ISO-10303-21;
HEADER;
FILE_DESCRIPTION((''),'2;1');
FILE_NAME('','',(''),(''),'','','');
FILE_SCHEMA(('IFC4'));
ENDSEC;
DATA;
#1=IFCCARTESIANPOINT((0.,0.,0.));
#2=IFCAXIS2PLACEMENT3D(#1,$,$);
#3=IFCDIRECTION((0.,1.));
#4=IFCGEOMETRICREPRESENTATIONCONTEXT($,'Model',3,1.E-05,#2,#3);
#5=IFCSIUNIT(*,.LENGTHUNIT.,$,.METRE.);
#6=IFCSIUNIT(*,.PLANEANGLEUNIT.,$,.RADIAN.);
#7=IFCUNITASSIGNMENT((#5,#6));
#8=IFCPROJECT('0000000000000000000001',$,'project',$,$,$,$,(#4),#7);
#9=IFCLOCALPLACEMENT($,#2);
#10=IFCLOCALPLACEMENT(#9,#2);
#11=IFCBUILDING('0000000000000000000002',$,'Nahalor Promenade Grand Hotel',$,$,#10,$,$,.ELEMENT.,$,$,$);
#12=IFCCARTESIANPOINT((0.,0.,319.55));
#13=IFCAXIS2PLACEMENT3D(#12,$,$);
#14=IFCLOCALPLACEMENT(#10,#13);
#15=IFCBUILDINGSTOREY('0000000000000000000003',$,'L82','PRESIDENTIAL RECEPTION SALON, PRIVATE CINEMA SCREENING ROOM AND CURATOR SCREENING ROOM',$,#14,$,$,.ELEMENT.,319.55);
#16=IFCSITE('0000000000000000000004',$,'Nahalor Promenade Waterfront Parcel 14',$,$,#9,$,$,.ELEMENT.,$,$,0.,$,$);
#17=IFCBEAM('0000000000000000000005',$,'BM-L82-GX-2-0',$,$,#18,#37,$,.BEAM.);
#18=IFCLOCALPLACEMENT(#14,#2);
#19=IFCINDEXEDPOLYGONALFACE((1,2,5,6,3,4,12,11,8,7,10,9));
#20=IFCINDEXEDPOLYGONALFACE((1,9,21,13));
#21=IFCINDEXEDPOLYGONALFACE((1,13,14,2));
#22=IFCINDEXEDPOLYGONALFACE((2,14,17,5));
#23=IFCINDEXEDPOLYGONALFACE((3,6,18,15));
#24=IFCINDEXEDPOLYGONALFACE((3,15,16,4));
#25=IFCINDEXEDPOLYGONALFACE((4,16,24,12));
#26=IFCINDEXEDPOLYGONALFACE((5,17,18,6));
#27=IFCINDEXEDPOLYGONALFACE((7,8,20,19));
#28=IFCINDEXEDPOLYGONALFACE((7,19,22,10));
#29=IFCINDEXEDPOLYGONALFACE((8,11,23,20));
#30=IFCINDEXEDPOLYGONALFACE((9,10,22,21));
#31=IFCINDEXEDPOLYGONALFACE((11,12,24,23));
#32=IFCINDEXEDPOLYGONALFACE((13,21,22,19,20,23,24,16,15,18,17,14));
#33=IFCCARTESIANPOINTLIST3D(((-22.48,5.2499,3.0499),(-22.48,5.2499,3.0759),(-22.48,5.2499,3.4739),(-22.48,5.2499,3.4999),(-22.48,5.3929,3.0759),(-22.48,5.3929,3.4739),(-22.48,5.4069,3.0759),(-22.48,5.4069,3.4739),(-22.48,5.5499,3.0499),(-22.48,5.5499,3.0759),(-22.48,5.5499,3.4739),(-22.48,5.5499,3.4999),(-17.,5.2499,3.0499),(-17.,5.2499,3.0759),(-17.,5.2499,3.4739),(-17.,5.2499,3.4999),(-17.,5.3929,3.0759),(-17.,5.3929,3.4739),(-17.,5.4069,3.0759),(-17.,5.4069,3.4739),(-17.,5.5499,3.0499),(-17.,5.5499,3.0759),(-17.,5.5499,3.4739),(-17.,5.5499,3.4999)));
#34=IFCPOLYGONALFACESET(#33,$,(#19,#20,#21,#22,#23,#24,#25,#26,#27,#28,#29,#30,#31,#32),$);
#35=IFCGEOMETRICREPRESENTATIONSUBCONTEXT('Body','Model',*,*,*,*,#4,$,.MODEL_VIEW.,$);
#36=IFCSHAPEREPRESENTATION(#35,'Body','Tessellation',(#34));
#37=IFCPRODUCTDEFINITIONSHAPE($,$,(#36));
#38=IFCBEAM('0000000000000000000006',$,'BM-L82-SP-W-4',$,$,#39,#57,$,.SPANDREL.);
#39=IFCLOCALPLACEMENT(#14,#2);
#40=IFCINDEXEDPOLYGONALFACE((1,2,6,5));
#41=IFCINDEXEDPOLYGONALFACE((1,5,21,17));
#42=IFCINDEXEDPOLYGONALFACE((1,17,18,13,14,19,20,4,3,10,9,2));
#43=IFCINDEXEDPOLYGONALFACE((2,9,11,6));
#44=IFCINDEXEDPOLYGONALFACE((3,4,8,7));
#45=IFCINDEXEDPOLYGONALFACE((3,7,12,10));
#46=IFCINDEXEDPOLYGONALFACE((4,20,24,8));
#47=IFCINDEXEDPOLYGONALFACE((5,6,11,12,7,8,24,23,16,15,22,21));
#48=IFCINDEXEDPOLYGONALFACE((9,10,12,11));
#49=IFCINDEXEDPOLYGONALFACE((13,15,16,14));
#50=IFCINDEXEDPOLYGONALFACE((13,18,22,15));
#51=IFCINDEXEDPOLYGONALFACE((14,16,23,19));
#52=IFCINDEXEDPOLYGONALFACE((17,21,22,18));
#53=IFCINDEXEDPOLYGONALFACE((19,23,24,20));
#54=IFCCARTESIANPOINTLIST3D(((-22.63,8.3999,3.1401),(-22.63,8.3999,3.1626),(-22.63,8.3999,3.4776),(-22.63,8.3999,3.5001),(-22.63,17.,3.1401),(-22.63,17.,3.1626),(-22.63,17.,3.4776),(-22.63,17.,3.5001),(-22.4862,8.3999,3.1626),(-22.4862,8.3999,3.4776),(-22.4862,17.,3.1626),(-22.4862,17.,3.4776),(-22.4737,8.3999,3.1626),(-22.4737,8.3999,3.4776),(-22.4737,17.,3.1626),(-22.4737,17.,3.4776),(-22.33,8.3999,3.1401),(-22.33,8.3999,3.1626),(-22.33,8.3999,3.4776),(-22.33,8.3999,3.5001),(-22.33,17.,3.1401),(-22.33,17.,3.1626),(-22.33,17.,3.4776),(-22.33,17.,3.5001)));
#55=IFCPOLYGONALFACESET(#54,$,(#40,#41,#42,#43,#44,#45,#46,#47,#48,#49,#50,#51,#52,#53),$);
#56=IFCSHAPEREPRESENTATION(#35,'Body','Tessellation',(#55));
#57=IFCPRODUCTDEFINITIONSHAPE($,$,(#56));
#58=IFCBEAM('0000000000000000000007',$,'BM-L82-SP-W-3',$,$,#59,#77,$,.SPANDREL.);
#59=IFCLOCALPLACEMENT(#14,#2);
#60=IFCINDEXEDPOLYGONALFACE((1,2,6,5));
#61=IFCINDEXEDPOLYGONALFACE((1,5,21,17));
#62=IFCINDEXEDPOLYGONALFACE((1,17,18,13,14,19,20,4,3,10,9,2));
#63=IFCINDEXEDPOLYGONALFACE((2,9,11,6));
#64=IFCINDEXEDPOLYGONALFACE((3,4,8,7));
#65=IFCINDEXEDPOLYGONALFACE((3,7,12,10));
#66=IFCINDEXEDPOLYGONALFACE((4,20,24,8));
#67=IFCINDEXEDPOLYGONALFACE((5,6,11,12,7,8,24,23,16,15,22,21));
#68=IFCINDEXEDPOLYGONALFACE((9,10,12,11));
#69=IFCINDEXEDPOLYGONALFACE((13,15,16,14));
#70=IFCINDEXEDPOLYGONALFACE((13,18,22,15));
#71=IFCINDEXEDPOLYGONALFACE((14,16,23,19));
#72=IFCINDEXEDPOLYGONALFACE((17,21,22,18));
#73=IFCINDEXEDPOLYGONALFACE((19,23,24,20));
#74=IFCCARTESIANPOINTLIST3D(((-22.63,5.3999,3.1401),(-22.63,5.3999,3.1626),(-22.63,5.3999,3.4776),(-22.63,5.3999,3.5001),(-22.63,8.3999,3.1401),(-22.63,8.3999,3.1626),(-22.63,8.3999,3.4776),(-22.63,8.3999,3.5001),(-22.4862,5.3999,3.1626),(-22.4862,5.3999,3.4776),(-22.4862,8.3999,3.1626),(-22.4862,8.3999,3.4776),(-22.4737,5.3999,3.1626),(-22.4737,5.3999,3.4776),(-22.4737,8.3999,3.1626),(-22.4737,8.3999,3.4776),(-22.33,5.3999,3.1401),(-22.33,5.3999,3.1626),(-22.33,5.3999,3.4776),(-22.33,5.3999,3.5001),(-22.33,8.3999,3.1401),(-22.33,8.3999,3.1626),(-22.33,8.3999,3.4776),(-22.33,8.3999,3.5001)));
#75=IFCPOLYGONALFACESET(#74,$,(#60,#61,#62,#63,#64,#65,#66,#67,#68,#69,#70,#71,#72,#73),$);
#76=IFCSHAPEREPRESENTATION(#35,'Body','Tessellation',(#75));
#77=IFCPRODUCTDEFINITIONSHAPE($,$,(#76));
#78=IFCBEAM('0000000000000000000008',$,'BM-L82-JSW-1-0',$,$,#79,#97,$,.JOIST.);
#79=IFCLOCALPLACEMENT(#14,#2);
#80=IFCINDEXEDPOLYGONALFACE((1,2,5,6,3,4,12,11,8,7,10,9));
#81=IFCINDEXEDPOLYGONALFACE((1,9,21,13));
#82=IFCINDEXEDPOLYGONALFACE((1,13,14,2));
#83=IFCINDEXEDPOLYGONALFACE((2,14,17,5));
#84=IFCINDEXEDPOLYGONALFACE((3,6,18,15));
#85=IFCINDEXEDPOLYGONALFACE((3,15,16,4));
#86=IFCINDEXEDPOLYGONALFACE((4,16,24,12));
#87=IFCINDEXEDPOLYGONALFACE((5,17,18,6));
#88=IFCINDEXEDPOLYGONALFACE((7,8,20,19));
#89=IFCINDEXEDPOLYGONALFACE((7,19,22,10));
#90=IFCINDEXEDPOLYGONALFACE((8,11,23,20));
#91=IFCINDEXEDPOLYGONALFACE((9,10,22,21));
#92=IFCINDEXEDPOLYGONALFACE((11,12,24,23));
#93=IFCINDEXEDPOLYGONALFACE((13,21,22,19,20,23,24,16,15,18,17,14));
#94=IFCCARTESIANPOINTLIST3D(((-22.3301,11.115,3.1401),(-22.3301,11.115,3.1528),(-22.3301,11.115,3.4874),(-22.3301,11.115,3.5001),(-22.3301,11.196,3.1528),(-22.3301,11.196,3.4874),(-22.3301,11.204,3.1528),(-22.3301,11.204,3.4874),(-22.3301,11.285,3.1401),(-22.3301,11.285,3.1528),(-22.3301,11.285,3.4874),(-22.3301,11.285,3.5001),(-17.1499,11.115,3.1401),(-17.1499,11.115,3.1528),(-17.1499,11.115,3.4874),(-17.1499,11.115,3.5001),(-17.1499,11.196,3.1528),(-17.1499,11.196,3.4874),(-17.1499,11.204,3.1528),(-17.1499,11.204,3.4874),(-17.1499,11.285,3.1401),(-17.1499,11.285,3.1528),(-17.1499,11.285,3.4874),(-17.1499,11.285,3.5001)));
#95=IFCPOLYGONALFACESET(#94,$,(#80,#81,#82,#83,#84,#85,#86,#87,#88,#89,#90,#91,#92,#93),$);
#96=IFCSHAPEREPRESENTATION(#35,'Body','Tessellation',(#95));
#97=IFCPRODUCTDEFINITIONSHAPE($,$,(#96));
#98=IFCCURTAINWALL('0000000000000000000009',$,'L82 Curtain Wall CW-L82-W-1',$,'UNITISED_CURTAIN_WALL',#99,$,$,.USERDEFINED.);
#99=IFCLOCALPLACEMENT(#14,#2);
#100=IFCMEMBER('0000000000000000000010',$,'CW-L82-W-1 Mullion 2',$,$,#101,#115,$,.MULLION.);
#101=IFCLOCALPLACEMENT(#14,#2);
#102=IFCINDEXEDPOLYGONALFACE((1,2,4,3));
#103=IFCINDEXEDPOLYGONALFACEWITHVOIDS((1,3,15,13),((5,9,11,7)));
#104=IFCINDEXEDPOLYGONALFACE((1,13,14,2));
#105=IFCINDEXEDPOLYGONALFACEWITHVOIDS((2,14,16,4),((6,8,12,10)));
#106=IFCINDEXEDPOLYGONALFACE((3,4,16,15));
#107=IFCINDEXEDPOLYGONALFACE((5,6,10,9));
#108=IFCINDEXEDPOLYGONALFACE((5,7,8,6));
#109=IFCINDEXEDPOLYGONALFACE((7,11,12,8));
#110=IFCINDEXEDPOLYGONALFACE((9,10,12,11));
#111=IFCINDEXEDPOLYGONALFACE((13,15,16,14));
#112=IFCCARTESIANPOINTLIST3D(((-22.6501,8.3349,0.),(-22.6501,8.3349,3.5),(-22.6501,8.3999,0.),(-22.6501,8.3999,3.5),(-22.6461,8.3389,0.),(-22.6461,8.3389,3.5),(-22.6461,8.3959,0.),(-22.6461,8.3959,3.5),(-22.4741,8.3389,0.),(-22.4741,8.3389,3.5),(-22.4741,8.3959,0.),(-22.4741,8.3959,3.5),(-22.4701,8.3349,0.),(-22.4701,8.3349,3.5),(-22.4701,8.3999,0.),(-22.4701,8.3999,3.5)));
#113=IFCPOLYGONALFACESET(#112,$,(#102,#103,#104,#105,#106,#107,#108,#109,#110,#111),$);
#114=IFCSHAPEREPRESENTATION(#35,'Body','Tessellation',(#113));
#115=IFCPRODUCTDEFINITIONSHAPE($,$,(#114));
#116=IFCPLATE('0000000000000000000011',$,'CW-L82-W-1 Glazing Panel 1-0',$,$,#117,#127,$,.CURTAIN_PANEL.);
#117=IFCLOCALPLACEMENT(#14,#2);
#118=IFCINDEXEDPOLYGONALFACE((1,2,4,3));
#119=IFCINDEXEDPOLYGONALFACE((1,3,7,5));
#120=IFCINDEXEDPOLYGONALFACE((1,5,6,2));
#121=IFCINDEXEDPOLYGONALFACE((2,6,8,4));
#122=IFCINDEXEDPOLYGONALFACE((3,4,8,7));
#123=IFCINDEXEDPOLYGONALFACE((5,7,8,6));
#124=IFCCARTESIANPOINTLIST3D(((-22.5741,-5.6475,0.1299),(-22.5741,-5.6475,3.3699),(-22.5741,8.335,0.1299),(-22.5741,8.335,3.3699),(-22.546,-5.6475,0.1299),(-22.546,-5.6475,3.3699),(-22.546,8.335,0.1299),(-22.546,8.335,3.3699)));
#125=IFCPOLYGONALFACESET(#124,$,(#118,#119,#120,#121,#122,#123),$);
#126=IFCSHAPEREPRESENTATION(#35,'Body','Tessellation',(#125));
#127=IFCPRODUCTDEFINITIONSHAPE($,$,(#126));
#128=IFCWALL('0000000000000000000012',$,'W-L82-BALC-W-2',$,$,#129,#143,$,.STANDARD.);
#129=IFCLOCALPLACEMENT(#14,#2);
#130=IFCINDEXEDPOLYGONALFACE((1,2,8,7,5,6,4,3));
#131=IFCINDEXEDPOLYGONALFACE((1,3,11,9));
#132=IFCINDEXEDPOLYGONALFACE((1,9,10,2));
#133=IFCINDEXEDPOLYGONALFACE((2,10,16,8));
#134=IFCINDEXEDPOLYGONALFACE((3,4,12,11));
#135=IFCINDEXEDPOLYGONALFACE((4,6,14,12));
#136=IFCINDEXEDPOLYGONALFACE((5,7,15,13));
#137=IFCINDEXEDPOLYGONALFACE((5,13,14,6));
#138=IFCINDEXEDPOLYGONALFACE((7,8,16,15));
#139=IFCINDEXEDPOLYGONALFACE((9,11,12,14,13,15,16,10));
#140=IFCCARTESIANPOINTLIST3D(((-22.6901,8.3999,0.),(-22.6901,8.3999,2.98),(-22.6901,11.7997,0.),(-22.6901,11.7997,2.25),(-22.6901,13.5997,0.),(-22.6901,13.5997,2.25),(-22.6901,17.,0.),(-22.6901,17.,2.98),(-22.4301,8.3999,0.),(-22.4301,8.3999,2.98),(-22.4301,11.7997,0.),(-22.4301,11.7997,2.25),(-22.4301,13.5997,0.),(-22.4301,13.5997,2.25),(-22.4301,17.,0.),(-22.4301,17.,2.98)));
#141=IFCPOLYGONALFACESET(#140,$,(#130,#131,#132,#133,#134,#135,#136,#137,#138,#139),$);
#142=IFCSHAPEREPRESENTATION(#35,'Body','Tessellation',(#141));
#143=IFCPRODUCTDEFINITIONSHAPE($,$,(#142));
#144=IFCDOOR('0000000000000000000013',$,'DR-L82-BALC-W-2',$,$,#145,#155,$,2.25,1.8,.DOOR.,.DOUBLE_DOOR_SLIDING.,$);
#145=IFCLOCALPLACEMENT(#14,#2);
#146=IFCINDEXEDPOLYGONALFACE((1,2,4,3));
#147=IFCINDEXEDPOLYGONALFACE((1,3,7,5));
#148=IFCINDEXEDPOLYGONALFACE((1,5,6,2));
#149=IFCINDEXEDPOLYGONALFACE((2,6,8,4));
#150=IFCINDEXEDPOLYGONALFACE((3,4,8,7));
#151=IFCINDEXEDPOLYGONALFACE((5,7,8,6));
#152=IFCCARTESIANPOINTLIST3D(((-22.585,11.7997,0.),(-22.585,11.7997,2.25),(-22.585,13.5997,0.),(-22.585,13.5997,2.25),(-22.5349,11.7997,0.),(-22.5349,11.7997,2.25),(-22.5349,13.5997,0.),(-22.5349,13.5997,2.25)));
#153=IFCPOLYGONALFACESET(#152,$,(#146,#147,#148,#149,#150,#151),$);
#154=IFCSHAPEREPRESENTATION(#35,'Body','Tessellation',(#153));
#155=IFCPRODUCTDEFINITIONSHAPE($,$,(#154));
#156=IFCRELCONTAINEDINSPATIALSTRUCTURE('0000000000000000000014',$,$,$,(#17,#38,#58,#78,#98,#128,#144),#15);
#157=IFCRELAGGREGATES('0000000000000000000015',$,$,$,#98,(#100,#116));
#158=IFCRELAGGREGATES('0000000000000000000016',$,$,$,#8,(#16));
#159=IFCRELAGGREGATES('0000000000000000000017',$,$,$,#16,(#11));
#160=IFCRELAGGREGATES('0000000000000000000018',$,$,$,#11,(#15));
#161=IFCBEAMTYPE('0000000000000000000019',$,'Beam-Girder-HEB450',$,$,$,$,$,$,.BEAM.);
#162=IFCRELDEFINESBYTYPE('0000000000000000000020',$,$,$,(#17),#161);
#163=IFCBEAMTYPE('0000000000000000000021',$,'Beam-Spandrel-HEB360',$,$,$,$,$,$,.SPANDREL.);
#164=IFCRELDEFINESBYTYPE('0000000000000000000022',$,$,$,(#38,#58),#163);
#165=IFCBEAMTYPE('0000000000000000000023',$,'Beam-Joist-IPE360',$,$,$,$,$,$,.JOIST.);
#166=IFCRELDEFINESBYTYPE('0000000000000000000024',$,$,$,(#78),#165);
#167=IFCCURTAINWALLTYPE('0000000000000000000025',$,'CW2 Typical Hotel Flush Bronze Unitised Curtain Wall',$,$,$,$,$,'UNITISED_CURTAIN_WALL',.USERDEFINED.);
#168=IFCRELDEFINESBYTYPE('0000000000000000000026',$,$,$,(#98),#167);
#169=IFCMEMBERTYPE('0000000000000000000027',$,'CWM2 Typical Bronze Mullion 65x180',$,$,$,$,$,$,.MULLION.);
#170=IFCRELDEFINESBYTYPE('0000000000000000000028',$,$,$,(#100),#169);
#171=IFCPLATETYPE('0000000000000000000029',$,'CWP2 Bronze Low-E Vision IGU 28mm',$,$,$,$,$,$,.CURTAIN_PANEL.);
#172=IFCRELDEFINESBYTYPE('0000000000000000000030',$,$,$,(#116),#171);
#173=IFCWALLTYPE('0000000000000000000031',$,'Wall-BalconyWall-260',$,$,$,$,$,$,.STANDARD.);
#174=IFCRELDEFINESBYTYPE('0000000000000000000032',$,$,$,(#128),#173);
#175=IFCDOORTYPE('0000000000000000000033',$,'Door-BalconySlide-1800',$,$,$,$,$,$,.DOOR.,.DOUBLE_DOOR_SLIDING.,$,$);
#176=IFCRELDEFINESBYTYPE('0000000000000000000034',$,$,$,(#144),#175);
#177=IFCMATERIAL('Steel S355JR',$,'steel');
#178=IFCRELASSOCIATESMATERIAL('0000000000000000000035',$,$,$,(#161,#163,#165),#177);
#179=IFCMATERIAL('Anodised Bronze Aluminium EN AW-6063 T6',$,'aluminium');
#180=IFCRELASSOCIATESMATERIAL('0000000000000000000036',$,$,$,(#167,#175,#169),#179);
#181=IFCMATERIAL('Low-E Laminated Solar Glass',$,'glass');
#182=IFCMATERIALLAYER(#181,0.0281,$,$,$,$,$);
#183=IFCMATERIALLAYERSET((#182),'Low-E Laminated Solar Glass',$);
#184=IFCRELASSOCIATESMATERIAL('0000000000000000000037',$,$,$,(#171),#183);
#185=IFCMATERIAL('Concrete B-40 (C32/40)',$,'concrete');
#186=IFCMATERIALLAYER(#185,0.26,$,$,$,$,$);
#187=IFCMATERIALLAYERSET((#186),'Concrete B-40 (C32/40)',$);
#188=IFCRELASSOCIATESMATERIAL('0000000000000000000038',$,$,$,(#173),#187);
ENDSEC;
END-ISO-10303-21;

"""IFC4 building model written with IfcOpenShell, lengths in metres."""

from ifc_helpers import new_model, si_unit, direction, frame, frame_2d, origin, origin_2d, place, context, subcontext, project, spatial, rectangle, hollow_rectangle, i_section, extrude, source, transform, mapped, material, layer, layer_set, material_profile, profile_set, type_object, element, fill, aggregate, save


model = new_model("IFC4")

# Units and contexts
model_context = context("Model", 3, precision=1e-05, world=origin(), true_north=direction((0.0, 1.0)))
body_context = subcontext(model_context, "Body", "Model", "MODEL_VIEW")
ifc_project = project(units=[si_unit("LENGTHUNIT", "METRE"), si_unit("PLANEANGLEUNIT", "RADIAN")], contexts=[model_context])

# Site, building, storey
site_placement = place(None, origin())
site = spatial("IfcSite", under=ifc_project, at=site_placement, Name="Nahalor Promenade Waterfront Parcel 14", CompositionType="ELEMENT", RefElevation=0.0)
building_placement = place(site_placement, origin())
building = spatial("IfcBuilding", under=site, at=building_placement, Name="Nahalor Promenade Grand Hotel", CompositionType="ELEMENT")
storey_placement = place(building_placement, frame((0.0, 0.0, 319.55)))
storey = spatial("IfcBuildingStorey", under=building, at=storey_placement, Name="L82", Description="PRESIDENTIAL RECEPTION SALON, PRIVATE CINEMA SCREENING ROOM AND CURATOR SCREENING ROOM", CompositionType="ELEMENT", Elevation=319.55)

# Shared definitions
ifc_material_1 = material(Name="Steel S355JR", Category="steel")

# Beams
ifc_material_profile_1 = material_profile(ifc_material_1, i_section(OverallWidth=0.3, OverallDepth=0.45, WebThickness=0.014, FlangeThickness=0.026, at=origin_2d()), Name="HEB 450")
ifc_profile_set_1 = profile_set([ifc_material_profile_1], Name="Steel S355JR")
beam_type_1 = type_object("IfcBeamType", Name="Beam-Girder-HEB450", PredefinedType="BEAM", material=ifc_profile_set_1)
shared_shape_1 = source(origin(), body_context, "Body", "SweptSolid", [
    extrude(i_section(OverallWidth=0.3, OverallDepth=0.45, WebThickness=0.014, FlangeThickness=0.026, at=origin_2d()), origin(), (0.0, 0.0, 1.0), 5.48),
])
beam_1_placement = place(storey_placement, frame((-22.48, 5.3999, 3.2749), z_axis=(1.0, 0.0, 0.0), x_axis=(0.0, 1.0, 0.0)))
element("IfcBeam", 1, at=beam_1_placement, inside=storey, type_object=beam_type_1, Name="BM-L82-GX-2-0", PredefinedType="BEAM", context=body_context, shape_type="MappedRepresentation", body=[
    mapped(shared_shape_1, transform((0.0, 0.0, 0.0), scale=1.0)),
])
ifc_material_profile_2 = material_profile(ifc_material_1, i_section(OverallWidth=0.3, OverallDepth=0.36, WebThickness=0.0125, FlangeThickness=0.0225, at=origin_2d()), Name="HEB 360")
ifc_profile_set_2 = profile_set([ifc_material_profile_2], Name="Steel S355JR")
beam_type_2 = type_object("IfcBeamType", Name="Beam-Spandrel-HEB360", PredefinedType="SPANDREL", material=ifc_profile_set_2)
shared_shape_2 = source(origin(), body_context, "Body", "SweptSolid", [
    extrude(i_section(OverallWidth=0.3, OverallDepth=0.36, WebThickness=0.0125, FlangeThickness=0.0225, at=origin_2d()), origin(), (0.0, 0.0, 1.0), 8.6001),
])
beam_2_placement = place(storey_placement, frame((-22.48, 8.3999, 3.3201), z_axis=(0.0, 1.0, 0.0), x_axis=(-1.0, 0.0, 0.0)))
element("IfcBeam", 2, at=beam_2_placement, inside=storey, type_object=beam_type_2, Name="BM-L82-SP-W-4", PredefinedType="SPANDREL", context=body_context, shape_type="MappedRepresentation", body=[
    mapped(shared_shape_2, transform((0.0, 0.0, 0.0), scale=1.0)),
])
shared_shape_3 = source(origin(), body_context, "Body", "SweptSolid", [
    extrude(i_section(OverallWidth=0.3, OverallDepth=0.36, WebThickness=0.0125, FlangeThickness=0.0225, at=origin_2d()), origin(), (0.0, 0.0, 1.0), 3.0),
])
beam_3_placement = place(storey_placement, frame((-22.48, 5.3999, 3.3201), z_axis=(0.0, 1.0, 0.0), x_axis=(-1.0, 0.0, 0.0)))
element("IfcBeam", 3, at=beam_3_placement, inside=storey, type_object=beam_type_2, Name="BM-L82-SP-W-3", PredefinedType="SPANDREL", context=body_context, shape_type="MappedRepresentation", body=[
    mapped(shared_shape_3, transform((0.0, 0.0, 0.0), scale=1.0)),
])
ifc_material_profile_3 = material_profile(ifc_material_1, i_section(OverallWidth=0.17, OverallDepth=0.36, WebThickness=0.008, FlangeThickness=0.0127, at=origin_2d()), Name="IPE 360")
ifc_profile_set_3 = profile_set([ifc_material_profile_3], Name="Steel S355JR")
beam_type_3 = type_object("IfcBeamType", Name="Beam-Joist-IPE360", PredefinedType="JOIST", material=ifc_profile_set_3)
shared_shape_4 = source(origin(), body_context, "Body", "SweptSolid", [
    extrude(i_section(OverallWidth=0.17, OverallDepth=0.36, WebThickness=0.008, FlangeThickness=0.0127, at=origin_2d()), origin(), (0.0, 0.0, 1.0), 5.1802),
])
beam_4_placement = place(storey_placement, frame((-22.3301, 11.2, 3.3201), z_axis=(1.0, 0.0, 0.0), x_axis=(0.0, 1.0, 0.0)))
element("IfcBeam", 4, at=beam_4_placement, inside=storey, type_object=beam_type_3, Name="BM-L82-JSW-1-0", PredefinedType="JOIST", context=body_context, shape_type="MappedRepresentation", body=[
    mapped(shared_shape_4, transform((0.0, 0.0, 0.0), scale=1.0)),
])

# Curtain wall, member, plate
ifc_material_2 = material(Name="Anodised Bronze Aluminium EN AW-6063 T6", Category="aluminium")
curtain_wall_type = type_object("IfcCurtainWallType", Name="CW2 Typical Hotel Flush Bronze Unitised Curtain Wall", ElementType="UNITISED_CURTAIN_WALL", PredefinedType="USERDEFINED", material=ifc_material_2)
curtain_wall_placement = place(storey_placement, origin())
curtain_wall = element("IfcCurtainWall", 5, at=curtain_wall_placement, inside=storey, type_object=curtain_wall_type, Name="L82 Curtain Wall CW-L82-W-1", ObjectType="UNITISED_CURTAIN_WALL", PredefinedType="USERDEFINED")
ifc_material_profile_4 = material_profile(ifc_material_2, hollow_rectangle(XDim=0.065, YDim=0.18, WallThickness=0.004, at=origin_2d()), Name="CWM 65x180x4")
ifc_profile_set_4 = profile_set([ifc_material_profile_4], Name="Anodised Bronze Aluminium EN AW-6063 T6")
member_type = type_object("IfcMemberType", Name="CWM2 Typical Bronze Mullion 65x180", PredefinedType="MULLION", material=ifc_profile_set_4)
shared_shape_5 = source(origin(), body_context, "Body", "SweptSolid", [
    extrude(hollow_rectangle(XDim=0.065, YDim=0.18, WallThickness=0.004, at=origin_2d()), origin(), (0.0, 0.0, 1.0), 3.5),
])
member_placement = place(storey_placement, frame((-22.5601, 8.3674, 0.0), z_axis=(0.0, 0.0, 1.0), x_axis=(0.0, 1.0, 0.0)))
member = element("IfcMember", 6, at=member_placement, type_object=member_type, Name="CW-L82-W-1 Mullion 2", PredefinedType="MULLION", context=body_context, shape_type="MappedRepresentation", body=[
    mapped(shared_shape_5, transform((0.0, 0.0, 0.0), scale=1.0)),
])
ifc_material_3 = material(Name="Low-E Laminated Solar Glass", Category="glass")
ifc_layer_1 = layer(ifc_material_3, 0.0281)
ifc_layer_set_1 = layer_set([ifc_layer_1], Name="Low-E Laminated Solar Glass")
plate_type = type_object("IfcPlateType", Name="CWP2 Bronze Low-E Vision IGU 28mm", PredefinedType="CURTAIN_PANEL", material=ifc_layer_set_1)
shared_shape_6 = source(origin(), body_context, "Body", "SweptSolid", [
    extrude(rectangle(XDim=13.9824, YDim=0.0281, at=origin_2d()), origin(), (0.0, 0.0, 1.0), 3.24),
])
plate_placement = place(storey_placement, frame((-22.5601, 1.3438, 0.1299), z_axis=(0.0, 0.0, 1.0), x_axis=(0.0, 1.0, 0.0)))
plate = element("IfcPlate", 7, at=plate_placement, type_object=plate_type, Name="CW-L82-W-1 Glazing Panel 1-0", PredefinedType="CURTAIN_PANEL", context=body_context, shape_type="MappedRepresentation", body=[
    mapped(shared_shape_6, transform((0.0, 0.0, 0.0), scale=1.0)),
])
aggregate(curtain_wall, [member, plate])

# Wall, opening, door
ifc_material_4 = material(Name="Concrete B-40 (C32/40)", Category="concrete")
ifc_layer_2 = layer(ifc_material_4, 0.26)
ifc_layer_set_2 = layer_set([ifc_layer_2], Name="Concrete B-40 (C32/40)")
wall_type_1 = type_object("IfcWallType", Name="Wall-BalconyWall-260", PredefinedType="STANDARD", material=ifc_layer_set_2)
shared_shape_7 = source(origin(), body_context, "Body", "SweptSolid", [
    extrude(rectangle(XDim=8.6001, YDim=0.26, at=frame_2d((4.3, 0.0))), origin(), (0.0, 0.0, 1.0), 2.98),
])
wall_1_placement = place(storey_placement, frame((-22.5601, 8.3999, 0.0), z_axis=(0.0, 0.0, 1.0), x_axis=(0.0, 1.0, 0.0)))
wall_1 = element("IfcWall", 8, at=wall_1_placement, inside=storey, type_object=wall_type_1, Name="W-L82-BALC-W-2", PredefinedType="STANDARD", context=body_context, shape_type="MappedRepresentation", body=[
    mapped(shared_shape_7, transform((0.0, 0.0, 0.0), scale=1.0)),
])
opening_1_placement = place(wall_1_placement, frame((3.3999, 0.0, 0.0)))
opening_1 = element("IfcOpeningElement", 9, at=opening_1_placement, cuts=wall_1, PredefinedType="OPENING", context=body_context, shape_type="SweptSolid", body=[
    extrude(rectangle(XDim=1.8, YDim=2.25, at=frame_2d((0.8999, 1.125))), frame((0.0, 0.1399, 0.0), z_axis=(0.0, -1.0, 0.0), x_axis=(1.0, 0.0, 0.0)), (0.0, 0.0, 1.0), 0.28),
])
door_type_1 = type_object("IfcDoorType", Name="Door-BalconySlide-1800", OperationType="DOUBLE_DOOR_SLIDING", PredefinedType="DOOR", material=ifc_material_2)
shared_shape_8 = source(origin(), body_context, "Body", "SweptSolid", [
    extrude(rectangle(XDim=1.8, YDim=2.25, at=frame_2d((0.8999, 1.125))), frame((0.0, 0.0249, 0.0), z_axis=(0.0, -1.0, 0.0), x_axis=(1.0, 0.0, 0.0)), (0.0, 0.0, 1.0), 0.05),
])
door_1_placement = place(opening_1_placement, origin())
door_1 = element("IfcDoor", 10, at=door_1_placement, inside=storey, type_object=door_type_1, Name="DR-L82-BALC-W-2", OperationType="DOUBLE_DOOR_SLIDING", OverallHeight=2.25, OverallWidth=1.8, PredefinedType="DOOR", context=body_context, shape_type="MappedRepresentation", body=[
    mapped(shared_shape_8, transform((0.0, 0.0, 0.0), scale=1.0)),
])
fill(opening_1, door_1)

save(model, "model.ifc")
